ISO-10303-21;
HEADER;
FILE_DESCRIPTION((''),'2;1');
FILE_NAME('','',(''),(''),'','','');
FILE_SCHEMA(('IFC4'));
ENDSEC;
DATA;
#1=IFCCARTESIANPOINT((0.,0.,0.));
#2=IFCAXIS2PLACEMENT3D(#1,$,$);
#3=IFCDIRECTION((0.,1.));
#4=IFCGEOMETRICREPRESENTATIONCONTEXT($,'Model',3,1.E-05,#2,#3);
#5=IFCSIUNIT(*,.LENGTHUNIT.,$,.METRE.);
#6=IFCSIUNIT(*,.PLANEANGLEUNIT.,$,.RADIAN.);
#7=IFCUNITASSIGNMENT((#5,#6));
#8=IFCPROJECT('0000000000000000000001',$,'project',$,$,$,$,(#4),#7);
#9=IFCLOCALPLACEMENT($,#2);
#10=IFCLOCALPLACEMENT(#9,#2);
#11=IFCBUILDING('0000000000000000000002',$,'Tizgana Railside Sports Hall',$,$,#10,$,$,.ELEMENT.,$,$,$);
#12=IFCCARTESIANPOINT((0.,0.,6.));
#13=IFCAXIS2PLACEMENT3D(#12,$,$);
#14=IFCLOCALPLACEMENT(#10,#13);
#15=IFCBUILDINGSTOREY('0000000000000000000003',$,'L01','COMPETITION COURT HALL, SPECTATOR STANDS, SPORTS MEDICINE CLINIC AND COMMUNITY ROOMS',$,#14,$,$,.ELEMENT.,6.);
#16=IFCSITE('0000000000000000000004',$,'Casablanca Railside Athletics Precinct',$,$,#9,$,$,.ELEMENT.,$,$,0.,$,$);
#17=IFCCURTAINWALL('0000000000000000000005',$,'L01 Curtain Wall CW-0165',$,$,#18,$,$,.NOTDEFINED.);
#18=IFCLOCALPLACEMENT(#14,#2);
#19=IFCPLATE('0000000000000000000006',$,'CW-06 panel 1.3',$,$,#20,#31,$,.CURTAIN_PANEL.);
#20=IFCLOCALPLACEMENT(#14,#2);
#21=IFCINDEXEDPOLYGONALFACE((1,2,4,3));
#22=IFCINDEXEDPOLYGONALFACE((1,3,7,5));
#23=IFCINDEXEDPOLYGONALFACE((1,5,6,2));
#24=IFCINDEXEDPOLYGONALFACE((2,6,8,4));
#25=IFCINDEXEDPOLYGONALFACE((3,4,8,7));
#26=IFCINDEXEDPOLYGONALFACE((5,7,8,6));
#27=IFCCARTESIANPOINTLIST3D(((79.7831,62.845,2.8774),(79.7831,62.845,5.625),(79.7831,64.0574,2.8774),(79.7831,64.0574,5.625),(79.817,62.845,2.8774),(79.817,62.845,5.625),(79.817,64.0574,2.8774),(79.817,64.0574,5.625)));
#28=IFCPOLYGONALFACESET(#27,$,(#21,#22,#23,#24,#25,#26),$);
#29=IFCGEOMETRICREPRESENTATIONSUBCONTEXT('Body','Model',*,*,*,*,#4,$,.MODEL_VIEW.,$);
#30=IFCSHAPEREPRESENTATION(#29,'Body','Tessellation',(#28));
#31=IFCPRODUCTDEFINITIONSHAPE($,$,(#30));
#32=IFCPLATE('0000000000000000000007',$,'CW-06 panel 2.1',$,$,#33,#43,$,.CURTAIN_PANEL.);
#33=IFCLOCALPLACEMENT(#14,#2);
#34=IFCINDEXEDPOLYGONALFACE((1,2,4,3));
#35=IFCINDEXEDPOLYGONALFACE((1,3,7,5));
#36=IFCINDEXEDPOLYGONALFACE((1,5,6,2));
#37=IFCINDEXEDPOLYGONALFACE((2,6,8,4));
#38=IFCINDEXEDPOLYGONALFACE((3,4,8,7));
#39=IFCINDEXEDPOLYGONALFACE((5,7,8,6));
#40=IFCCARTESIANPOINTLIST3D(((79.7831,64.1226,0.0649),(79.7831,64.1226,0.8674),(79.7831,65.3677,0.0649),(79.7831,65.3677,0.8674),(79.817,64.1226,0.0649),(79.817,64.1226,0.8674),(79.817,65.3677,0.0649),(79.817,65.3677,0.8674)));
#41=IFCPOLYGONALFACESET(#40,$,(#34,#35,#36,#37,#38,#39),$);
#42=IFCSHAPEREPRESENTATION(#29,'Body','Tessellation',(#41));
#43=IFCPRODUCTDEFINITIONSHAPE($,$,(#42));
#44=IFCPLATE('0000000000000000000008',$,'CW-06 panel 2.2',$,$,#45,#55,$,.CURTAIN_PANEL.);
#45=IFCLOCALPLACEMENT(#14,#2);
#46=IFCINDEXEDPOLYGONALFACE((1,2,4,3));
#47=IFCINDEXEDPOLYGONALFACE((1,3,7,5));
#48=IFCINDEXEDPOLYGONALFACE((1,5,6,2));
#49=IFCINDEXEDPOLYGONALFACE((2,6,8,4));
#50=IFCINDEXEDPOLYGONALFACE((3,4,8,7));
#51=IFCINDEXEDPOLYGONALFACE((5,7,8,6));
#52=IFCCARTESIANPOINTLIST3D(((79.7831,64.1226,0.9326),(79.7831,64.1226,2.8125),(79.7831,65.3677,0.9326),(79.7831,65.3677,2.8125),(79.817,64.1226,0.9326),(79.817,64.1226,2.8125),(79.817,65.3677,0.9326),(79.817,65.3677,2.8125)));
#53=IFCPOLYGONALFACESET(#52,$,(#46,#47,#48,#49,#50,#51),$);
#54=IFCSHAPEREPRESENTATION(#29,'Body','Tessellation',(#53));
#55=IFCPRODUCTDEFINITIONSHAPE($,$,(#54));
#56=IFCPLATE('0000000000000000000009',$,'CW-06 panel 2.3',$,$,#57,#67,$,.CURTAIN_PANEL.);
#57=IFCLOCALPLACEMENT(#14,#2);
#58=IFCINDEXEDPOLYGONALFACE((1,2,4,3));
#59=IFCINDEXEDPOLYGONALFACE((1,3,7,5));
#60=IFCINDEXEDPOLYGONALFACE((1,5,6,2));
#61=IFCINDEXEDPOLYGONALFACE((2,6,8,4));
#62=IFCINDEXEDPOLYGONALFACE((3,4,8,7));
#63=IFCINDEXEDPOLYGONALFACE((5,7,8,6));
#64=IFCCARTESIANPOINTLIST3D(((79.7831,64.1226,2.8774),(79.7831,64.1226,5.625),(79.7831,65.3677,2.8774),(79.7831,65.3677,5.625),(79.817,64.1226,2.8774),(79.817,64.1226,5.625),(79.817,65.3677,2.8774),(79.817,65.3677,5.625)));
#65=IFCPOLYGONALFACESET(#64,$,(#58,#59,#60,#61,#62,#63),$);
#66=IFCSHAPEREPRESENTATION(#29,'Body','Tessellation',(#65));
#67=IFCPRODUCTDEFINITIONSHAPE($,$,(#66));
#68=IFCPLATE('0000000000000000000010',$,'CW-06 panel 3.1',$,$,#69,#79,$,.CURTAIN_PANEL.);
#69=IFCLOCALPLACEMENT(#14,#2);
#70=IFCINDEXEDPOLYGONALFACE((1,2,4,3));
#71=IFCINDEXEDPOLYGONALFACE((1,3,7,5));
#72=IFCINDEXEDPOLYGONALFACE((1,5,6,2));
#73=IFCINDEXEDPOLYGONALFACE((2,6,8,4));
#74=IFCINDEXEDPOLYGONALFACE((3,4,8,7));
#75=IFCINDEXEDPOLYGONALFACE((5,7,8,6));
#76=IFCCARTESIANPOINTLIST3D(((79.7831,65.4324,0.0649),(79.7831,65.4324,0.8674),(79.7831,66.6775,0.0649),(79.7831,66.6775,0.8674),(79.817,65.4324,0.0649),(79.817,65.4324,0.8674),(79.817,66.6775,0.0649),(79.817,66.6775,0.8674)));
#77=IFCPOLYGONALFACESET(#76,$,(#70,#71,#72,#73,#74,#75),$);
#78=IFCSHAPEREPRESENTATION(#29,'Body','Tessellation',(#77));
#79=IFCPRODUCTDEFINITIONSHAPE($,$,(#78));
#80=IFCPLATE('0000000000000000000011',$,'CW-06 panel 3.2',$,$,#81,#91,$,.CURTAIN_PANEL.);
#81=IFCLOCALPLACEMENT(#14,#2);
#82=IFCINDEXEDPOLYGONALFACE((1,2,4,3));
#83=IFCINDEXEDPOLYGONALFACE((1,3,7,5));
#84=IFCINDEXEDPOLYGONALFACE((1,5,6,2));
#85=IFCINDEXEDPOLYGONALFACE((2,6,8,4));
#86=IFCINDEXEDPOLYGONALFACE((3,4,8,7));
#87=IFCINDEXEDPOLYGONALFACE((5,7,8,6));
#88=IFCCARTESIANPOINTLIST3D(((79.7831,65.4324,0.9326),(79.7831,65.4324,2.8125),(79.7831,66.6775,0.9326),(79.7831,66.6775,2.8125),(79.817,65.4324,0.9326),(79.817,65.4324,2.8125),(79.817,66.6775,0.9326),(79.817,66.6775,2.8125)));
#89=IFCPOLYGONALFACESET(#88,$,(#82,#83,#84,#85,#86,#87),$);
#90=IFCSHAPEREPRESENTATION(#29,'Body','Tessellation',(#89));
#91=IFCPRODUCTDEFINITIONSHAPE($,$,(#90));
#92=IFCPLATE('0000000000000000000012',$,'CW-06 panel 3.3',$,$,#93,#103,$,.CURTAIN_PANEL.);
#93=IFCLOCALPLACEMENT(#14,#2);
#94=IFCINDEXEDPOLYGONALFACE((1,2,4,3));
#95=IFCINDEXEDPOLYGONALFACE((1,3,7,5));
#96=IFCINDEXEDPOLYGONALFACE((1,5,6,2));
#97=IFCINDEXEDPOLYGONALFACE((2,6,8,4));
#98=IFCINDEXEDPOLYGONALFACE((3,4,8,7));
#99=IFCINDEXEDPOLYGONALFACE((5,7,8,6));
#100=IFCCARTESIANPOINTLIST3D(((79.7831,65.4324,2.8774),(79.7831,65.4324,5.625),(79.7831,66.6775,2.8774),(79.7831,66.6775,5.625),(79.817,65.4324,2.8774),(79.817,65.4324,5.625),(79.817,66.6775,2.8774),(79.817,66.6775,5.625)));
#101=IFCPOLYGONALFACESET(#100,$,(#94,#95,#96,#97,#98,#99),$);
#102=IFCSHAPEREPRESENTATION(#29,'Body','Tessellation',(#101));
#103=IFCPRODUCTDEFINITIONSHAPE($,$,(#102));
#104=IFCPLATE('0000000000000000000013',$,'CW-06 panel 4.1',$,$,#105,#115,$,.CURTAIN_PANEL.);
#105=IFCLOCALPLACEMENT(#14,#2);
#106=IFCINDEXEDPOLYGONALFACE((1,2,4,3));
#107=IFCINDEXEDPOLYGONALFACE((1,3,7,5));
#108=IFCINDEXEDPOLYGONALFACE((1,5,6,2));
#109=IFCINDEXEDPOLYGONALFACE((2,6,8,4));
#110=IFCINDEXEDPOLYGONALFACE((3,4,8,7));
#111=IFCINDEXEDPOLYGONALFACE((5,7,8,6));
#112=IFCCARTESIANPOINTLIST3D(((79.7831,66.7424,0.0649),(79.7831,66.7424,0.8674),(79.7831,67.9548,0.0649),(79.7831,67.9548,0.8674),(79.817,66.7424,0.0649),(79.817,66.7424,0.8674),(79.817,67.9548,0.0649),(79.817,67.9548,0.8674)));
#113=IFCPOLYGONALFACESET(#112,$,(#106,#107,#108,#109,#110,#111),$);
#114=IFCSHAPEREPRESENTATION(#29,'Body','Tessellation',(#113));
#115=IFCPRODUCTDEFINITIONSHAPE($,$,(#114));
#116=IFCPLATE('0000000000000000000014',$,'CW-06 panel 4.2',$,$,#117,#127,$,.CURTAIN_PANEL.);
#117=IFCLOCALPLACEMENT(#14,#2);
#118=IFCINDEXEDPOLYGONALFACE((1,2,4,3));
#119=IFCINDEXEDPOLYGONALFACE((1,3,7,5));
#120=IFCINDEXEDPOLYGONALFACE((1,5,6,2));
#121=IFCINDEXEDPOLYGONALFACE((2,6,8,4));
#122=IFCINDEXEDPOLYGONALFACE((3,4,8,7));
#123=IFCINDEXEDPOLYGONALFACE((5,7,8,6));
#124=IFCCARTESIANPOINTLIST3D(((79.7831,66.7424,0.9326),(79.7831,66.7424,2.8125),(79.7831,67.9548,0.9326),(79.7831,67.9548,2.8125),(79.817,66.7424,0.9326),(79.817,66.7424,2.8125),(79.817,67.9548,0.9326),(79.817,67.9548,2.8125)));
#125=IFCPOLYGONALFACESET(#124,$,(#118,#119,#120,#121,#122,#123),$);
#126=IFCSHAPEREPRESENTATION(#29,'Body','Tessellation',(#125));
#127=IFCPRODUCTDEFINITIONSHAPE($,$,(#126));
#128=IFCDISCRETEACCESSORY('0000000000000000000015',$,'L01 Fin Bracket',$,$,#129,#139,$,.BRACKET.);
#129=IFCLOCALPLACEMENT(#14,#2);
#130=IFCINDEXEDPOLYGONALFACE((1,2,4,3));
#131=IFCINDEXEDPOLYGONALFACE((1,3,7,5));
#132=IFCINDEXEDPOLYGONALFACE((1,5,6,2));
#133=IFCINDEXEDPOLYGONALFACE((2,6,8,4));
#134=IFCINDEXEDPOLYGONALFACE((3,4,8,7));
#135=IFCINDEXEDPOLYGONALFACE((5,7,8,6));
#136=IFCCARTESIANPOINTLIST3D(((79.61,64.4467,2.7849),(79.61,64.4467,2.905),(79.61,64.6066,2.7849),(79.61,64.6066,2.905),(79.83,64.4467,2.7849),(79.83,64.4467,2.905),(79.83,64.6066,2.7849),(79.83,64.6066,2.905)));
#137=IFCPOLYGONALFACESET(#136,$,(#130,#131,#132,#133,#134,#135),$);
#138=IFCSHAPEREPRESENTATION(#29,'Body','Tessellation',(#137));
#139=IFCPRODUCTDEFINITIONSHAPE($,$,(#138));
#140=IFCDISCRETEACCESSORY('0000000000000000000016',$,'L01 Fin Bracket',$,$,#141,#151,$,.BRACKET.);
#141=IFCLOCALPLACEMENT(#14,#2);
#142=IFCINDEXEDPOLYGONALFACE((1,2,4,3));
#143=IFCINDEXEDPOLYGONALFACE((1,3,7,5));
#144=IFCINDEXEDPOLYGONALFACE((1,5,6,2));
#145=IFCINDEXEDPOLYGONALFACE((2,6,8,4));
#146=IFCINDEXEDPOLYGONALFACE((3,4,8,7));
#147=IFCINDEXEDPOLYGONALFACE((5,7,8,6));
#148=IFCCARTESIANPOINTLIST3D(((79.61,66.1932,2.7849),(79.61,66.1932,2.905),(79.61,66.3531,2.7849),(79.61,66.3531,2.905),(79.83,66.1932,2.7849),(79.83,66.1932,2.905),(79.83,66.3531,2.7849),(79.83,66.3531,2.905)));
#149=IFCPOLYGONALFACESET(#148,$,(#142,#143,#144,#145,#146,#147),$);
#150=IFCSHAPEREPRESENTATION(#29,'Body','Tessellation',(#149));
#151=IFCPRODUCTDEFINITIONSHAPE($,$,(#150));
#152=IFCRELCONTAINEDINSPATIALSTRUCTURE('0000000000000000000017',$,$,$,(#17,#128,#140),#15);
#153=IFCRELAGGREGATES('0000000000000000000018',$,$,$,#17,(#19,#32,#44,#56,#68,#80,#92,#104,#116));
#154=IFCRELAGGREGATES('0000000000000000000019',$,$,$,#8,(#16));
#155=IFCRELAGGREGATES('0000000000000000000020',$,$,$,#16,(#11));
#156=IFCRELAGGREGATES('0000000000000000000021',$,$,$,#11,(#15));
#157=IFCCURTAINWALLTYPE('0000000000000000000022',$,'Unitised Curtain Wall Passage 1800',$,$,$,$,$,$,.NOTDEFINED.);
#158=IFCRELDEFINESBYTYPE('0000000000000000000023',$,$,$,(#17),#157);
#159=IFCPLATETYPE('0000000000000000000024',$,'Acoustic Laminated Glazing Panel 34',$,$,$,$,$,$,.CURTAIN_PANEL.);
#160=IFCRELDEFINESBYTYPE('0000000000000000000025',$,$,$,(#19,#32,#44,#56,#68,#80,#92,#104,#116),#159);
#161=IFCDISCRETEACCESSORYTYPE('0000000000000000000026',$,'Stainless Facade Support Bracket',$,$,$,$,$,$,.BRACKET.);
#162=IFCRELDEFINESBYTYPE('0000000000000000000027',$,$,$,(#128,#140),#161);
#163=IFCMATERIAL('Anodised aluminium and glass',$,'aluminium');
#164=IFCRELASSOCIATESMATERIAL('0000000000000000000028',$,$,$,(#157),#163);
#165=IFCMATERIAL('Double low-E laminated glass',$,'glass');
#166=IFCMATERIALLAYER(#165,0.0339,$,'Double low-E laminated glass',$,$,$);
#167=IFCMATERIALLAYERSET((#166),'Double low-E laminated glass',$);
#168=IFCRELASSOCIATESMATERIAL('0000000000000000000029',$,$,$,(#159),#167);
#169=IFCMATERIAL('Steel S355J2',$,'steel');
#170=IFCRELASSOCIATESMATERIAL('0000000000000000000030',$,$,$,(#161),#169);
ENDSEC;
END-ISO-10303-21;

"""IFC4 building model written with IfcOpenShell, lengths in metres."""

from ifc_helpers import new_model, si_unit, direction, frame, origin, origin_2d, place, context, subcontext, project, spatial, rectangle, extrude, material, layer, layer_set, type_object, element, aggregate, save


model = new_model("IFC4")

# Units and contexts
model_context = context("Model", 3, precision=1e-05, world=origin(), true_north=direction((0.0, 1.0)))
body_context = subcontext(model_context, "Body", "Model", "MODEL_VIEW")
ifc_project = project(units=[si_unit("LENGTHUNIT", "METRE"), si_unit("PLANEANGLEUNIT", "RADIAN")], contexts=[model_context])

# Site, building, storey
site_placement = place(None, origin())
site = spatial("IfcSite", under=ifc_project, at=site_placement, Name="Casablanca Railside Athletics Precinct", CompositionType="ELEMENT", RefElevation=0.0)
building_placement = place(site_placement, origin())
building = spatial("IfcBuilding", under=site, at=building_placement, Name="Tizgana Railside Sports Hall", CompositionType="ELEMENT")
storey_placement = place(building_placement, frame((0.0, 0.0, 6.0)))
storey = spatial("IfcBuildingStorey", under=building, at=storey_placement, Name="L01", Description="COMPETITION COURT HALL, SPECTATOR STANDS, SPORTS MEDICINE CLINIC AND COMMUNITY ROOMS", CompositionType="ELEMENT", Elevation=6.0)

# Curtain wall
ifc_material_1 = material(Name="Anodised aluminium and glass", Category="aluminium")
curtain_wall_type = type_object("IfcCurtainWallType", Name="Unitised Curtain Wall Passage 1800", PredefinedType="NOTDEFINED", material=ifc_material_1)
curtain_wall_placement = place(storey_placement, origin())
curtain_wall = element("IfcCurtainWall", 1, at=curtain_wall_placement, inside=storey, type_object=curtain_wall_type, Name="L01 Curtain Wall CW-0165", PredefinedType="NOTDEFINED")

# Shared definitions
ifc_material_2 = material(Name="Steel S355J2", Category="steel")

# Plates
ifc_material_3 = material(Name="Double low-E laminated glass", Category="glass")
ifc_layer = layer(ifc_material_3, 0.0339, Name="Double low-E laminated glass")
ifc_layer_set = layer_set([ifc_layer], Name="Double low-E laminated glass")
plate_type = type_object("IfcPlateType", Name="Acoustic Laminated Glazing Panel 34", PredefinedType="CURTAIN_PANEL", material=ifc_layer_set)
plate_1_placement = place(storey_placement, frame((79.8, 63.4512, 2.8774), z_axis=(0.0, 0.0, 1.0), x_axis=(0.0, 1.0, 0.0)))
plate_1 = element("IfcPlate", 2, at=plate_1_placement, type_object=plate_type, Name="CW-06 panel 1.3", PredefinedType="CURTAIN_PANEL", context=body_context, shape_type="SweptSolid", body=[
    extrude(rectangle(XDim=1.2124, YDim=0.0339, at=origin_2d()), origin(), (0.0, 0.0, 1.0), 2.7476),
])
plate_2_placement = place(storey_placement, frame((79.8, 64.7451, 0.0649), z_axis=(0.0, 0.0, 1.0), x_axis=(0.0, 1.0, 0.0)))
plate_2 = element("IfcPlate", 3, at=plate_2_placement, type_object=plate_type, Name="CW-06 panel 2.1", PredefinedType="CURTAIN_PANEL", context=body_context, shape_type="SweptSolid", body=[
    extrude(rectangle(XDim=1.2451, YDim=0.0339, at=origin_2d()), origin(), (0.0, 0.0, 1.0), 0.8025),
])
plate_3_placement = place(storey_placement, frame((79.8, 64.7451, 0.9326), z_axis=(0.0, 0.0, 1.0), x_axis=(0.0, 1.0, 0.0)))
plate_3 = element("IfcPlate", 4, at=plate_3_placement, type_object=plate_type, Name="CW-06 panel 2.2", PredefinedType="CURTAIN_PANEL", context=body_context, shape_type="SweptSolid", body=[
    extrude(rectangle(XDim=1.2451, YDim=0.0339, at=origin_2d()), origin(), (0.0, 0.0, 1.0), 1.8799),
])
plate_4_placement = place(storey_placement, frame((79.8, 64.7451, 2.8774), z_axis=(0.0, 0.0, 1.0), x_axis=(0.0, 1.0, 0.0)))
plate_4 = element("IfcPlate", 5, at=plate_4_placement, type_object=plate_type, Name="CW-06 panel 2.3", PredefinedType="CURTAIN_PANEL", context=body_context, shape_type="SweptSolid", body=[
    extrude(rectangle(XDim=1.2451, YDim=0.0339, at=origin_2d()), origin(), (0.0, 0.0, 1.0), 2.7476),
])
plate_5_placement = place(storey_placement, frame((79.8, 66.0549, 0.0649), z_axis=(0.0, 0.0, 1.0), x_axis=(0.0, 1.0, 0.0)))
plate_5 = element("IfcPlate", 6, at=plate_5_placement, type_object=plate_type, Name="CW-06 panel 3.1", PredefinedType="CURTAIN_PANEL", context=body_context, shape_type="SweptSolid", body=[
    extrude(rectangle(XDim=1.2451, YDim=0.0339, at=origin_2d()), origin(), (0.0, 0.0, 1.0), 0.8025),
])
plate_6_placement = place(storey_placement, frame((79.8, 66.0549, 0.9326), z_axis=(0.0, 0.0, 1.0), x_axis=(0.0, 1.0, 0.0)))
plate_6 = element("IfcPlate", 7, at=plate_6_placement, type_object=plate_type, Name="CW-06 panel 3.2", PredefinedType="CURTAIN_PANEL", context=body_context, shape_type="SweptSolid", body=[
    extrude(rectangle(XDim=1.2451, YDim=0.0339, at=origin_2d()), origin(), (0.0, 0.0, 1.0), 1.8799),
])
plate_7_placement = place(storey_placement, frame((79.8, 66.0549, 2.8774), z_axis=(0.0, 0.0, 1.0), x_axis=(0.0, 1.0, 0.0)))
plate_7 = element("IfcPlate", 8, at=plate_7_placement, type_object=plate_type, Name="CW-06 panel 3.3", PredefinedType="CURTAIN_PANEL", context=body_context, shape_type="SweptSolid", body=[
    extrude(rectangle(XDim=1.2451, YDim=0.0339, at=origin_2d()), origin(), (0.0, 0.0, 1.0), 2.7476),
])
plate_8_placement = place(storey_placement, frame((79.8, 67.3486, 0.0649), z_axis=(0.0, 0.0, 1.0), x_axis=(0.0, 1.0, 0.0)))
plate_8 = element("IfcPlate", 9, at=plate_8_placement, type_object=plate_type, Name="CW-06 panel 4.1", PredefinedType="CURTAIN_PANEL", context=body_context, shape_type="SweptSolid", body=[
    extrude(rectangle(XDim=1.2124, YDim=0.0339, at=origin_2d()), origin(), (0.0, 0.0, 1.0), 0.8025),
])
plate_9_placement = place(storey_placement, frame((79.8, 67.3486, 0.9326), z_axis=(0.0, 0.0, 1.0), x_axis=(0.0, 1.0, 0.0)))
plate_9 = element("IfcPlate", 10, at=plate_9_placement, type_object=plate_type, Name="CW-06 panel 4.2", PredefinedType="CURTAIN_PANEL", context=body_context, shape_type="SweptSolid", body=[
    extrude(rectangle(XDim=1.2124, YDim=0.0339, at=origin_2d()), origin(), (0.0, 0.0, 1.0), 1.8799),
])
aggregate(curtain_wall, [plate_1, plate_2, plate_3, plate_4, plate_5, plate_6, plate_7, plate_8, plate_9])

# Discrete accessories
discrete_accessory_type = type_object("IfcDiscreteAccessoryType", Name="Stainless Facade Support Bracket", PredefinedType="BRACKET", material=ifc_material_2)
for number, where, z_axis, x_axis, name in (
    (11, (79.72, 64.5266, 2.7849), (0.0, 0.0, 1.0), (0.0, 1.0, 0.0), "L01 Fin Bracket"),
    (12, (79.72, 66.2732, 2.7849), (0.0, 0.0, 1.0), (0.0, 1.0, 0.0), "L01 Fin Bracket"),
):
    element("IfcDiscreteAccessory", number, at=place(storey_placement, frame(where, z_axis=z_axis, x_axis=x_axis)), inside=storey, type_object=discrete_accessory_type, Name=name, PredefinedType="BRACKET", context=body_context, shape_type="SweptSolid", body=[
        extrude(rectangle(XDim=0.1599, YDim=0.22, at=origin_2d()), origin(), (0.0, 0.0, 1.0), 0.1201),
    ])

save(model, "model.ifc")
